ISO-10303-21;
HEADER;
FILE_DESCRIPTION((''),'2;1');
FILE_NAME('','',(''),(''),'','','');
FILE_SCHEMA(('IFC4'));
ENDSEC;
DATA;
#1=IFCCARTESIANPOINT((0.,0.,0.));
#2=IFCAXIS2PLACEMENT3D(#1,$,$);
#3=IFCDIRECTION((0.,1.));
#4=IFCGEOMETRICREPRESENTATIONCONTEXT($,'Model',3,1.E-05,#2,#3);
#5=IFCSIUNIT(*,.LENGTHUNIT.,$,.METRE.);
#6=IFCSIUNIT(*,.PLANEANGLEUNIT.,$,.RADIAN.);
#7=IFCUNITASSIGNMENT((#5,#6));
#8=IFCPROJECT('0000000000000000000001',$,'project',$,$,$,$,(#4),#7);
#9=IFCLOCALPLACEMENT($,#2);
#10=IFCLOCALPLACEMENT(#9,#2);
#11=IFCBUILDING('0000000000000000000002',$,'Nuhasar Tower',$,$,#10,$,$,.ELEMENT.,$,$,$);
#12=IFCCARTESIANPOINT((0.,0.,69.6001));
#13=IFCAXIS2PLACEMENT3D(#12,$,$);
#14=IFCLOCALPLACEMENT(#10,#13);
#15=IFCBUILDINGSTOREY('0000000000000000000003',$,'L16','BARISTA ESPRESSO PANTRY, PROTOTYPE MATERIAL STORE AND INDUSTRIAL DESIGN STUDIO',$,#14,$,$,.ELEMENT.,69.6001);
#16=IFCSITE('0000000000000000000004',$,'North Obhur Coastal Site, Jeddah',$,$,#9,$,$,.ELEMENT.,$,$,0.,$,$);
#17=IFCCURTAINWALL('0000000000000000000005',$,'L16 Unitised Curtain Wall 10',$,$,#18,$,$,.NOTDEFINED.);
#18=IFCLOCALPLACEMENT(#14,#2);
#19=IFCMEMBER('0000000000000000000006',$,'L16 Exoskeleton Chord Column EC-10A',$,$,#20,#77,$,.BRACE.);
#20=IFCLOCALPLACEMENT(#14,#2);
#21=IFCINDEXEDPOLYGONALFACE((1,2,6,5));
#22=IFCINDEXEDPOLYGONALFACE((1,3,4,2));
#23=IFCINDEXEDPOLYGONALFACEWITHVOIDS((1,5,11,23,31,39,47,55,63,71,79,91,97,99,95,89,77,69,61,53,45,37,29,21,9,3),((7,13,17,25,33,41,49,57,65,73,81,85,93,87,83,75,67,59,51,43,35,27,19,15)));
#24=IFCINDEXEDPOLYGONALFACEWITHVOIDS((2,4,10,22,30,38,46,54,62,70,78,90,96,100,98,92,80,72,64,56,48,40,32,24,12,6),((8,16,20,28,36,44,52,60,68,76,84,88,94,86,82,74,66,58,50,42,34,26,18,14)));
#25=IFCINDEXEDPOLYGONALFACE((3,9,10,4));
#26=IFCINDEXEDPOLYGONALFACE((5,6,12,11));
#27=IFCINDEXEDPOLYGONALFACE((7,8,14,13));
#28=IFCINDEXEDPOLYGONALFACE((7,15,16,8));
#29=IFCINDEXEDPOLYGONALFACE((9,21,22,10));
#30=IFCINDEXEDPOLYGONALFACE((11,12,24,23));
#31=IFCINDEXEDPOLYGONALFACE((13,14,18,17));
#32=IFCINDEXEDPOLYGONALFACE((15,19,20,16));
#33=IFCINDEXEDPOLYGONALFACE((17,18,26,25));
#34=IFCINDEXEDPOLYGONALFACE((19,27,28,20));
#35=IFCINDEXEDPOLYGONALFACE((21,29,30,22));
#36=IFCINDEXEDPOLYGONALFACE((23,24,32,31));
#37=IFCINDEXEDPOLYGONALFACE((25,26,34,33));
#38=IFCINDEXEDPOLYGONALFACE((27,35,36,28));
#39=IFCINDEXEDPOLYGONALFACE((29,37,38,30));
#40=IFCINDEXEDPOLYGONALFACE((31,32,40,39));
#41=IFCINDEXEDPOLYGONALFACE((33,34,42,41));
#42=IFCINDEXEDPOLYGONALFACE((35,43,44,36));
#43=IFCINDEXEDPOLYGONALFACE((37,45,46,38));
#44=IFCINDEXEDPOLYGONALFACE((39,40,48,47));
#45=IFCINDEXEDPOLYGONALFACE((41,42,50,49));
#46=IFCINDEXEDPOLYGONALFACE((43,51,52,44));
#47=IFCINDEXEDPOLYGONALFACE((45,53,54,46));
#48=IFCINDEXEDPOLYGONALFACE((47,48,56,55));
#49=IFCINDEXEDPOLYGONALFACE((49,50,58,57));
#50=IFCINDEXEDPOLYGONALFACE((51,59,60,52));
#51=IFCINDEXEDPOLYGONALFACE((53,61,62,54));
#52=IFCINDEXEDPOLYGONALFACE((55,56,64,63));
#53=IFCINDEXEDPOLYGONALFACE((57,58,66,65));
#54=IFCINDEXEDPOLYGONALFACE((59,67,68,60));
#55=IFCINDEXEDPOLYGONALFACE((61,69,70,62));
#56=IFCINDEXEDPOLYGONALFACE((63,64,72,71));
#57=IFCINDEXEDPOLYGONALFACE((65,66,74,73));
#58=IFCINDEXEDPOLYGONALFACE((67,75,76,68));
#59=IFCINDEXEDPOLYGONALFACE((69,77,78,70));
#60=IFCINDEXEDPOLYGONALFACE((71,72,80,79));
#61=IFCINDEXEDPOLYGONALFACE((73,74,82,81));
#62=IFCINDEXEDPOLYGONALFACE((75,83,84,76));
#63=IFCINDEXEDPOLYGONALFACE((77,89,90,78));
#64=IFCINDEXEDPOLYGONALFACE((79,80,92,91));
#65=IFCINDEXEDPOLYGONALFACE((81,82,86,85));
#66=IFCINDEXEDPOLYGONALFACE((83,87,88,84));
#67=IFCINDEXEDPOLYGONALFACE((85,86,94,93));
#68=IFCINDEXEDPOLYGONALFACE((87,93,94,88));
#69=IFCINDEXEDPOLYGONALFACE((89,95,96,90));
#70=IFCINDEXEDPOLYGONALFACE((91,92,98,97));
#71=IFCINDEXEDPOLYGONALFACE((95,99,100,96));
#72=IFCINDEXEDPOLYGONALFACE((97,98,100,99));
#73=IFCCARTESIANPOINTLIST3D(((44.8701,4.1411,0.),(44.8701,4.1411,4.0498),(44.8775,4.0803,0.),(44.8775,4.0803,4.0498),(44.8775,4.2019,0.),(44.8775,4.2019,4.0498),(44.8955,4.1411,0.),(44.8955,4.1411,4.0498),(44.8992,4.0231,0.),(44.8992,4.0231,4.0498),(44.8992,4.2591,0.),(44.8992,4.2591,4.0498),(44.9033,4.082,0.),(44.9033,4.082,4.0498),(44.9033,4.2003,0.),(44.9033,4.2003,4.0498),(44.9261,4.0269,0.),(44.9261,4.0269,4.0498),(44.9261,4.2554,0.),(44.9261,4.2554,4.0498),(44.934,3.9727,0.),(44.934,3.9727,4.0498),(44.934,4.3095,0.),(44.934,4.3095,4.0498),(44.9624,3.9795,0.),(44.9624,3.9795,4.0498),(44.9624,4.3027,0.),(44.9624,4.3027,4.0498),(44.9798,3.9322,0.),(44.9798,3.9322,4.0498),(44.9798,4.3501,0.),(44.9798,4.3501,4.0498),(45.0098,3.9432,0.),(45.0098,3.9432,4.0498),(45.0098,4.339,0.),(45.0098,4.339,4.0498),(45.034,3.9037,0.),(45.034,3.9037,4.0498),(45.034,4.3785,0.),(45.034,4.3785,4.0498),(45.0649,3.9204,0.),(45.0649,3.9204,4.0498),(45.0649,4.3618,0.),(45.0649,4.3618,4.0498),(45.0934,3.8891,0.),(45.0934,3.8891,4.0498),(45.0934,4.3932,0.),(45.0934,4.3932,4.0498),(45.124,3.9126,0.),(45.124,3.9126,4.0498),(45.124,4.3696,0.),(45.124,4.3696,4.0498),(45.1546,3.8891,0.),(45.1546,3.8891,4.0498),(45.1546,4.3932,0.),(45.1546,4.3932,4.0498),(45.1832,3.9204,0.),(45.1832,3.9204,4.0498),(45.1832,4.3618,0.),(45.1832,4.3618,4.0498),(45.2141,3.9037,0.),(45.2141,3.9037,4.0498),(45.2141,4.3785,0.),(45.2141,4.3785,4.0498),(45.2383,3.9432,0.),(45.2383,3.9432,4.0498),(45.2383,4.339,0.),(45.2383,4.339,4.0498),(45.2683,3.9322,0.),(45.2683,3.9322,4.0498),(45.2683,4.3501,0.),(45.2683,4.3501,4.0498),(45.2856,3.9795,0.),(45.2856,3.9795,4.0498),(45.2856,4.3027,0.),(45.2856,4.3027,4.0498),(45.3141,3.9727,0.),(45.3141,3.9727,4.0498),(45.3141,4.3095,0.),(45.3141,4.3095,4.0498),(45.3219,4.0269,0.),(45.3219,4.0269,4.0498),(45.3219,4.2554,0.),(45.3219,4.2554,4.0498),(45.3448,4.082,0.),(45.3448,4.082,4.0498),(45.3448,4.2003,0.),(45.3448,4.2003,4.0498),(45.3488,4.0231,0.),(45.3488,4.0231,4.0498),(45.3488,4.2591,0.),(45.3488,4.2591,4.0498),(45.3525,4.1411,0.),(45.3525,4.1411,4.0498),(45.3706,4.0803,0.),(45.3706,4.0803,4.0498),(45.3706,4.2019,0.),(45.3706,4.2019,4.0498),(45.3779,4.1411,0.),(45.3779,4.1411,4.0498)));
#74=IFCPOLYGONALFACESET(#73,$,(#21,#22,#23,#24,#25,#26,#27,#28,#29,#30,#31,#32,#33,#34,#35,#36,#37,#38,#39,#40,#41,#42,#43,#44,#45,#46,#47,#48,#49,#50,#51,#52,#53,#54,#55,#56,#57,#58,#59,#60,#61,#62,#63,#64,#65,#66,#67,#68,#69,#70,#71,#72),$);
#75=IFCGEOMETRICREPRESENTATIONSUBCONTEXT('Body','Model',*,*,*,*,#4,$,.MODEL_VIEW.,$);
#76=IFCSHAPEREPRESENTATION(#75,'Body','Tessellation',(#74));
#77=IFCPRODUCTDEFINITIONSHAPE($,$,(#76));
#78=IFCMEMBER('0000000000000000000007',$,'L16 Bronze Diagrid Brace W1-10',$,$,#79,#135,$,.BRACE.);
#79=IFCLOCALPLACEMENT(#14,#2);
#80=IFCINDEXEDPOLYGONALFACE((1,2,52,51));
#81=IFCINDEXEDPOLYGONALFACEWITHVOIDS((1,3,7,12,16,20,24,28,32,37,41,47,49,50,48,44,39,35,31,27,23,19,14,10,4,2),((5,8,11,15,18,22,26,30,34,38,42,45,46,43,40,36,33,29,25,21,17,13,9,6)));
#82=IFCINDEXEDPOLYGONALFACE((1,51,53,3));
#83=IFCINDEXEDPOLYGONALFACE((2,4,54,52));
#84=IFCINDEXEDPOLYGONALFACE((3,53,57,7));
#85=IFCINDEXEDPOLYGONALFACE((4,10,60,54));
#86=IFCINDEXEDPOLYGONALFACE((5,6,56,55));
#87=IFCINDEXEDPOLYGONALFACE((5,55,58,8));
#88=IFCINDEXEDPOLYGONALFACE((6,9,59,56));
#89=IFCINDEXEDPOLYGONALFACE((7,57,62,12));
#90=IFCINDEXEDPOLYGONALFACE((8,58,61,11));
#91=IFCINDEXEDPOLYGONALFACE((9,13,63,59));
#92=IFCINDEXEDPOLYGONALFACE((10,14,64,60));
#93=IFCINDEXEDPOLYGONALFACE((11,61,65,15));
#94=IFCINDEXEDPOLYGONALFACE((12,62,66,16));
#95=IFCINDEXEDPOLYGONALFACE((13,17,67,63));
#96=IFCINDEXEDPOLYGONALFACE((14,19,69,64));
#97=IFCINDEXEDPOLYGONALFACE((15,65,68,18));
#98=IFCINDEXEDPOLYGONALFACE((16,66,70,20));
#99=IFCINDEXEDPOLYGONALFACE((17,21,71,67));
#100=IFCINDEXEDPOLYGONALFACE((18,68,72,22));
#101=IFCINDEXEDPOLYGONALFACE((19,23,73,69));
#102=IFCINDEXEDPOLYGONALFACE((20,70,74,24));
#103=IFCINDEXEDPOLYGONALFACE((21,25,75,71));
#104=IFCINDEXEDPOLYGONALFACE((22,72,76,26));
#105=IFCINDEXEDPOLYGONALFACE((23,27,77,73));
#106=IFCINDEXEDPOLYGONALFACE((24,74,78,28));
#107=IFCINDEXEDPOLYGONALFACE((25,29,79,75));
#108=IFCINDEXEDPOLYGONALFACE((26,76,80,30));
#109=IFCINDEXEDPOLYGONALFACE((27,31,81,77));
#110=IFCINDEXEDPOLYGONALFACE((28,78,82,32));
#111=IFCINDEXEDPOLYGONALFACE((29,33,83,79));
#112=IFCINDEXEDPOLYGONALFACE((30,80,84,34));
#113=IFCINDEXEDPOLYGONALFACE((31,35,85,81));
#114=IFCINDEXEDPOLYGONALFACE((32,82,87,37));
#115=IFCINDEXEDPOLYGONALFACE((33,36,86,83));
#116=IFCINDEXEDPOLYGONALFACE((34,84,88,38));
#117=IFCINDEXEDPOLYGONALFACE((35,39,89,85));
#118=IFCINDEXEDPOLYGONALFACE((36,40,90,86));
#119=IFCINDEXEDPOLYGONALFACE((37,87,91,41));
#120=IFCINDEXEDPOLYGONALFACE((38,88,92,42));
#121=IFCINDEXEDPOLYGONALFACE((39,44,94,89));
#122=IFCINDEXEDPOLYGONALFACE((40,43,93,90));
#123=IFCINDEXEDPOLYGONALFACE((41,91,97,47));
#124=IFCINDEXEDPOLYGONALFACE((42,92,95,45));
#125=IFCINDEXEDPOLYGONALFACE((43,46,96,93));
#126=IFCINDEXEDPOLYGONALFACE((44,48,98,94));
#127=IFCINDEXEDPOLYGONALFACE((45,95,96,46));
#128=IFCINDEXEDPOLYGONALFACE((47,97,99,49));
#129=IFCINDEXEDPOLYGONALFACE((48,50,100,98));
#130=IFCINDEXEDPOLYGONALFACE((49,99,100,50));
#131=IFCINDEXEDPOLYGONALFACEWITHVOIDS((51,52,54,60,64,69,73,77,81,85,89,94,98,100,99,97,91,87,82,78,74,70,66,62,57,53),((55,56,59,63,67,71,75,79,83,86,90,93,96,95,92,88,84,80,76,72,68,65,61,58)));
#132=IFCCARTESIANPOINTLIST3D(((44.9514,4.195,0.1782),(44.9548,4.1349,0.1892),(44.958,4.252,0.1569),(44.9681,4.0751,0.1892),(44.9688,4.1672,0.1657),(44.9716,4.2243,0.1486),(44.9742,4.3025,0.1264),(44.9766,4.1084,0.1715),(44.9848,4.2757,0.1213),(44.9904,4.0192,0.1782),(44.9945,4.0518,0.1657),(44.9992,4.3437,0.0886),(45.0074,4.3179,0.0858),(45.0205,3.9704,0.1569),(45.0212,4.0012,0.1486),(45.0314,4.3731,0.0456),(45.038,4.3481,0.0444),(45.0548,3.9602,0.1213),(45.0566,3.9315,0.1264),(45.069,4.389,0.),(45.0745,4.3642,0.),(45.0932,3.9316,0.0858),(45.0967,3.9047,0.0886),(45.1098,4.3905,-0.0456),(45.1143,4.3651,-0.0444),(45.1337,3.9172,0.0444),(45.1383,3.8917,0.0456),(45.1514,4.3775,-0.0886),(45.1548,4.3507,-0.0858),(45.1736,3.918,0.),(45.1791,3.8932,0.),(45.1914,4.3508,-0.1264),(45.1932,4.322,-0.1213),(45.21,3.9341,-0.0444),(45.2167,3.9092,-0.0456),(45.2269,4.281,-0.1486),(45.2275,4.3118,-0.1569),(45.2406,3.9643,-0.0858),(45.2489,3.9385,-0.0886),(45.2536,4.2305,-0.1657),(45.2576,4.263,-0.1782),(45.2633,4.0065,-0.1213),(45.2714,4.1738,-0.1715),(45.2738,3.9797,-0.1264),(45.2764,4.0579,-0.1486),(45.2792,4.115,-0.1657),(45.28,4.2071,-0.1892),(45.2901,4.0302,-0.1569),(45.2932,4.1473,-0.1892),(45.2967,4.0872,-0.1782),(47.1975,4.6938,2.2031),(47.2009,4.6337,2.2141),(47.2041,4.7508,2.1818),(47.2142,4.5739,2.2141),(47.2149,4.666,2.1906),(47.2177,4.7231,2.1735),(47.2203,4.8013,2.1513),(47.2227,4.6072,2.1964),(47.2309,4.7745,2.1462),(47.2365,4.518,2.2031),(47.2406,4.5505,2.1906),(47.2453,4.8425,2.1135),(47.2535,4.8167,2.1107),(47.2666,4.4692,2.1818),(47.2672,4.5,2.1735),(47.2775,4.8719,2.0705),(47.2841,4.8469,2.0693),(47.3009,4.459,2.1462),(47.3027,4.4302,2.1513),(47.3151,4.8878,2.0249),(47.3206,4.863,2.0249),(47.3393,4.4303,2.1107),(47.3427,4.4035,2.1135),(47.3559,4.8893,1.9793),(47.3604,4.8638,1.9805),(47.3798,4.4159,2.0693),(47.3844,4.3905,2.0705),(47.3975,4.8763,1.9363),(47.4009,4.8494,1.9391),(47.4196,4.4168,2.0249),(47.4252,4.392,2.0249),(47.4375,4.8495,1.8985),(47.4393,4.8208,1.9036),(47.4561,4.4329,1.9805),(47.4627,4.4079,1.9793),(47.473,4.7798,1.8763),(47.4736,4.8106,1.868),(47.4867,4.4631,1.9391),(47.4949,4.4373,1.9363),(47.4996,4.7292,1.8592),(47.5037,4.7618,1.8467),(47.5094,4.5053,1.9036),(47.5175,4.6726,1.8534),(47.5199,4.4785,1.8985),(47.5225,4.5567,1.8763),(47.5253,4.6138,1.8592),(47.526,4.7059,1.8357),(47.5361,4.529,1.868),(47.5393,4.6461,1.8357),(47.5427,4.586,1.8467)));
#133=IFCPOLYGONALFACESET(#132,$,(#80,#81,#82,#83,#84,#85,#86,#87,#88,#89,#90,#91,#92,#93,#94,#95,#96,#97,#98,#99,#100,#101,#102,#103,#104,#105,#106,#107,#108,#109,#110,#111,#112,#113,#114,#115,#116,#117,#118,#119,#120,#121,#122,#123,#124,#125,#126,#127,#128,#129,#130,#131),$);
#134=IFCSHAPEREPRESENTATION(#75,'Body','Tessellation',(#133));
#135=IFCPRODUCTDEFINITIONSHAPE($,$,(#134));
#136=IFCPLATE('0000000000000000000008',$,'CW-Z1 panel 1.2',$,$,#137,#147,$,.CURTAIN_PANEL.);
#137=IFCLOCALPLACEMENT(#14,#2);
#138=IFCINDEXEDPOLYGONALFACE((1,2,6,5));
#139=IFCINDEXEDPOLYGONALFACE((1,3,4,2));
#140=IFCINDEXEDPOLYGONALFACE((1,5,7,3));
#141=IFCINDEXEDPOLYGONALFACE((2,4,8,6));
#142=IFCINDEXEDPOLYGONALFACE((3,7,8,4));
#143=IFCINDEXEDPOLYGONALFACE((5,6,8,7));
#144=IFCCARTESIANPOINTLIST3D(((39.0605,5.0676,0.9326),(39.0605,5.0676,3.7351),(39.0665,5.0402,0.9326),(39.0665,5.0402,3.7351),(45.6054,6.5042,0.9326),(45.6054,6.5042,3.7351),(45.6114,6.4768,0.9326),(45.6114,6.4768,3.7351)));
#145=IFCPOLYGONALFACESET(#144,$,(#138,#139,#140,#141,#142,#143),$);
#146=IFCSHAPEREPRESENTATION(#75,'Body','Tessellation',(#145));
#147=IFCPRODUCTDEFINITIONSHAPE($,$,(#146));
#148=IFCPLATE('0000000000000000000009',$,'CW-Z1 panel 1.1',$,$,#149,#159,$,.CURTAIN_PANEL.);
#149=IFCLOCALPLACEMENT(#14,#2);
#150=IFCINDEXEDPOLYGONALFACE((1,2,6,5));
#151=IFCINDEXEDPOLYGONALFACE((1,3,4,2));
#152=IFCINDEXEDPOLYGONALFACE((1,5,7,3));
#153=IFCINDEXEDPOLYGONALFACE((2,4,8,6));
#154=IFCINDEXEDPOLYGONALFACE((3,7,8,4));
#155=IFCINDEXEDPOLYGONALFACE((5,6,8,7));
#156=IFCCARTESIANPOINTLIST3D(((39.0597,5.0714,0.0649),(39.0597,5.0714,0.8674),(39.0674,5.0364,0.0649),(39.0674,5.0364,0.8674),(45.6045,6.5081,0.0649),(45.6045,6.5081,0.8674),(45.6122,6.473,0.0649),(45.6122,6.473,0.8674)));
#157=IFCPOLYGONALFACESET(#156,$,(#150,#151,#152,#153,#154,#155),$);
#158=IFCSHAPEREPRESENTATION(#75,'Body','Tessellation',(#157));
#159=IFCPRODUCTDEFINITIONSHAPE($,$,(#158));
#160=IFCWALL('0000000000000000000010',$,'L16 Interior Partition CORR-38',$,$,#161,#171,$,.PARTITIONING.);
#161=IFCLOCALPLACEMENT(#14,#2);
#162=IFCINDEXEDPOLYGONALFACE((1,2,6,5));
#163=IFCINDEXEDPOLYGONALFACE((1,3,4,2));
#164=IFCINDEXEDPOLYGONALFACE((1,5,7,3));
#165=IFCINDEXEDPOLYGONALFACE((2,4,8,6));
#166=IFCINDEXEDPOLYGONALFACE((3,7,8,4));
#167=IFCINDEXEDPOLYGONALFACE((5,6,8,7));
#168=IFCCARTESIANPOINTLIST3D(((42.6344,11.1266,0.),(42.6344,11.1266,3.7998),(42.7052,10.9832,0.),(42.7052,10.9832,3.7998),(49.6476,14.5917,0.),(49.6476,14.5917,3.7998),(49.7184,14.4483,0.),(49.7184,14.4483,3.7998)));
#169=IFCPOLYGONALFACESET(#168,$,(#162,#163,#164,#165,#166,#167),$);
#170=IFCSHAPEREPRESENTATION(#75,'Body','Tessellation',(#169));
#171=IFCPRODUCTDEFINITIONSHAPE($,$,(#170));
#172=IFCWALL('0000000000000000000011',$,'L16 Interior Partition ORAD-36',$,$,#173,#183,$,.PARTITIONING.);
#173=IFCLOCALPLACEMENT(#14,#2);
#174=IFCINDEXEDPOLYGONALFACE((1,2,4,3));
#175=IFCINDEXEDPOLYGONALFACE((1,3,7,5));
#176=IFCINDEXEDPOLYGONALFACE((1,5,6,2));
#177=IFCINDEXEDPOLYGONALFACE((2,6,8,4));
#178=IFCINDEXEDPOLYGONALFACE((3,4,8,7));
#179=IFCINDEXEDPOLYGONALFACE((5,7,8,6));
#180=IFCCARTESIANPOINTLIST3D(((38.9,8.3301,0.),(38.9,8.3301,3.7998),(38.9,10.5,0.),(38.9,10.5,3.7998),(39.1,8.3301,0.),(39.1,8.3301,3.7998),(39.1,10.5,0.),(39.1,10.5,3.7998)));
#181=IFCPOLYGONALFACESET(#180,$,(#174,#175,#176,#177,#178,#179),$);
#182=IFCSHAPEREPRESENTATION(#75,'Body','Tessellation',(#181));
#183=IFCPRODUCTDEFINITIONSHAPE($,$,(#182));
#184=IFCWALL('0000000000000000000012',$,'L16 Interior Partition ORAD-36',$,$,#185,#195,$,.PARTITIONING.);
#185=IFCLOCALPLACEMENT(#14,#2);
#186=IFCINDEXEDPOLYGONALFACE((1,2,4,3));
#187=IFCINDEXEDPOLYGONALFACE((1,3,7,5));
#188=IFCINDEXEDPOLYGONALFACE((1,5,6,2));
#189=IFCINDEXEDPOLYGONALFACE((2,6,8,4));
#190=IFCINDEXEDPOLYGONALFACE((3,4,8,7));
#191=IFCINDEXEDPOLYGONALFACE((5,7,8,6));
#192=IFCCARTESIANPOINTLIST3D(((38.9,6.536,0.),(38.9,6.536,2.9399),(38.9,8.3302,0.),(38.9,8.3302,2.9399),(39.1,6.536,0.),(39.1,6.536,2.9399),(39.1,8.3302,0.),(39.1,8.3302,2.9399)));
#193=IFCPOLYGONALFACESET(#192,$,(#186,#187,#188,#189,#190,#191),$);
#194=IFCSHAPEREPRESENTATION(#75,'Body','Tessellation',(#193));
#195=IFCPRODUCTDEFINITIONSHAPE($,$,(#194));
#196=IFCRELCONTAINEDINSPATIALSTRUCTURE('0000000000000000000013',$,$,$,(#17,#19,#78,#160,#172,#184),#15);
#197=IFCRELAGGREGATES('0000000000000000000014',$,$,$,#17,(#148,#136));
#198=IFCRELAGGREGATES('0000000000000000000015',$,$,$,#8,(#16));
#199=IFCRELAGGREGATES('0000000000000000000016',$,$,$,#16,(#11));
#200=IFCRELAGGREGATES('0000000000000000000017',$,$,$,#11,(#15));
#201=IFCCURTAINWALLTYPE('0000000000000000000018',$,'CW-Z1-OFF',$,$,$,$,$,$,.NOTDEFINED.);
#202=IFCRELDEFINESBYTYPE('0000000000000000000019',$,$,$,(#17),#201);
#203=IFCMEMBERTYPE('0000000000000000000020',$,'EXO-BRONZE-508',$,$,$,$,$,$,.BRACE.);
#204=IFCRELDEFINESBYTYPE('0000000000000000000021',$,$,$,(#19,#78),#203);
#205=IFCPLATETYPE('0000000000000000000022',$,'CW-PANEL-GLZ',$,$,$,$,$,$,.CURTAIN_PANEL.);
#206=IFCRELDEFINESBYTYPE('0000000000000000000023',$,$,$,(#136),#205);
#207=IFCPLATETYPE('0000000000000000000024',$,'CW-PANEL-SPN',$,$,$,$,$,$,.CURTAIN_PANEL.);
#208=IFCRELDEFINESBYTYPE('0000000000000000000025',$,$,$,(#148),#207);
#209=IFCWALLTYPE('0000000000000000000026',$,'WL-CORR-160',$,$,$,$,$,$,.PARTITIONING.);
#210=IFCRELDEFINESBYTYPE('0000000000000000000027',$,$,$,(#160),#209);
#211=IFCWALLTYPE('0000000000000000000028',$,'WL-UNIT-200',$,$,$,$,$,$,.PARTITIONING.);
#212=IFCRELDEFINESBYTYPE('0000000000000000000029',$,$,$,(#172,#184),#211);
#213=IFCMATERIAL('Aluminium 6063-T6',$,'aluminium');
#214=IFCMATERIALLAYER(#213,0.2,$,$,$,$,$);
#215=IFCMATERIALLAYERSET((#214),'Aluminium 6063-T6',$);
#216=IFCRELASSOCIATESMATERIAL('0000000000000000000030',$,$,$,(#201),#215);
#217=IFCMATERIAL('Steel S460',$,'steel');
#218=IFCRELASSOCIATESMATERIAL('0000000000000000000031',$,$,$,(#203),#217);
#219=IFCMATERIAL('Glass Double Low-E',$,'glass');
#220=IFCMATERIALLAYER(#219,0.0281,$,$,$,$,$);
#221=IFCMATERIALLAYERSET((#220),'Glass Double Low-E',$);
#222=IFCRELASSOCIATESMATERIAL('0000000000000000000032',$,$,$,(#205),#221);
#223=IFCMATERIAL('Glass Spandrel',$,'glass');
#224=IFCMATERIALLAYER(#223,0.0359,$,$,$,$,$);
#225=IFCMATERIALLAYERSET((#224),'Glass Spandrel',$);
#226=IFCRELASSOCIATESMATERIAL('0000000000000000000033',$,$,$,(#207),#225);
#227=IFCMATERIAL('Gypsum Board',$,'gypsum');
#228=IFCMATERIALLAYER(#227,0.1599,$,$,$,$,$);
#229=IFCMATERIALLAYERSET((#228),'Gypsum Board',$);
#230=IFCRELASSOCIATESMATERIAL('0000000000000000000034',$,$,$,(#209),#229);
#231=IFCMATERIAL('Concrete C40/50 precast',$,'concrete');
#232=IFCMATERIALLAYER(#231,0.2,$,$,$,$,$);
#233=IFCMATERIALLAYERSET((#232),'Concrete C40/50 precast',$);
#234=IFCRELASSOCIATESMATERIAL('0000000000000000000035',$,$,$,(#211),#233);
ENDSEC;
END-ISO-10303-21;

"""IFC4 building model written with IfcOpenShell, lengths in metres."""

from ifc_helpers import new_model, si_unit, direction, frame, frame_2d, origin, origin_2d, place, context, subcontext, project, spatial, rectangle, hollow_circle, extrude, material, layer, layer_set, material_profile, profile_set, type_object, element, aggregate, save


model = new_model("IFC4")

# Units and contexts
model_context = context("Model", 3, precision=1e-05, world=origin(), true_north=direction((0.0, 1.0)))
body_context = subcontext(model_context, "Body", "Model", "MODEL_VIEW")
ifc_project = project(units=[si_unit("LENGTHUNIT", "METRE"), si_unit("PLANEANGLEUNIT", "RADIAN")], contexts=[model_context])

# Site, building, storey
site_placement = place(None, origin())
site = spatial("IfcSite", under=ifc_project, at=site_placement, Name="North Obhur Coastal Site, Jeddah", CompositionType="ELEMENT", RefElevation=0.0)
building_placement = place(site_placement, origin())
building = spatial("IfcBuilding", under=site, at=building_placement, Name="Nuhasar Tower", CompositionType="ELEMENT")
storey_placement = place(building_placement, frame((0.0, 0.0, 69.6001)))
storey = spatial("IfcBuildingStorey", under=building, at=storey_placement, Name="L16", Description="BARISTA ESPRESSO PANTRY, PROTOTYPE MATERIAL STORE AND INDUSTRIAL DESIGN STUDIO", CompositionType="ELEMENT", Elevation=69.6001)

# Shared definitions
ifc_material_1 = material(Name="Aluminium 6063-T6", Category="aluminium")
ifc_layer_1 = layer(ifc_material_1, 0.2)
ifc_layer_set_1 = layer_set([ifc_layer_1], Name="Aluminium 6063-T6")
curtain_wall_type = type_object("IfcCurtainWallType", Name="CW-Z1-OFF", PredefinedType="NOTDEFINED", material=ifc_layer_set_1)

# Curtain wall
curtain_wall_1_placement = place(storey_placement, origin())
curtain_wall_1 = element("IfcCurtainWall", 1, at=curtain_wall_1_placement, inside=storey, type_object=curtain_wall_type, Name="L16 Unitised Curtain Wall 10", PredefinedType="NOTDEFINED")

# Members
ifc_material_2 = material(Name="Steel S460", Category="steel")
ifc_material_profile_1 = material_profile(ifc_material_2, hollow_circle(Radius=0.2539, WallThickness=0.0254, at=origin_2d()), Name="HSS508X25.4")
ifc_profile_set_1 = profile_set([ifc_material_profile_1], Name="Steel S460")
member_type_1 = type_object("IfcMemberType", Name="EXO-BRONZE-508", PredefinedType="BRACE", material=ifc_profile_set_1)
member_1_placement = place(storey_placement, frame((45.124, 4.1411, 0.0), z_axis=(0.0, 0.0, 1.0), x_axis=(1.0, 0.0, 0.0)))
element("IfcMember", 2, at=member_1_placement, inside=storey, type_object=member_type_1, Name="L16 Exoskeleton Chord Column EC-10A", PredefinedType="BRACE", context=body_context, shape_type="SweptSolid", body=[
    extrude(hollow_circle(Radius=0.2539, WallThickness=0.0254, at=origin_2d()), origin(), (0.0, 0.0, 1.0), 4.0498),
])
member_2_placement = place(storey_placement, frame((45.124, 4.1411, 0.0), z_axis=(0.732831, 0.162736, 0.660663), x_axis=(-0.216784, 0.97622, 0.0)))
element("IfcMember", 3, at=member_2_placement, inside=storey, type_object=member_type_1, Name="L16 Bronze Diagrid Brace W1-10", PredefinedType="BRACE", context=body_context, shape_type="SweptSolid", body=[
    extrude(hollow_circle(Radius=0.2539, WallThickness=0.0254, at=origin_2d()), origin(), (0.0, 0.0, 1.0), 3.0649),
])

# Plates
ifc_material_3 = material(Name="Glass Double Low-E", Category="glass")
ifc_layer_2 = layer(ifc_material_3, 0.0281)
ifc_layer_set_2 = layer_set([ifc_layer_2], Name="Glass Double Low-E")
plate_type_1 = type_object("IfcPlateType", Name="CW-PANEL-GLZ", PredefinedType="CURTAIN_PANEL", material=ifc_layer_set_2)
plate_1_placement = place(storey_placement, frame((42.3359, 5.7722, 0.9326), z_axis=(0.0, 0.0, 1.0), x_axis=(0.976746, 0.214399, 0.0)))
plate_1 = element("IfcPlate", 4, at=plate_1_placement, type_object=plate_type_1, Name="CW-Z1 panel 1.2", PredefinedType="CURTAIN_PANEL", context=body_context, shape_type="SweptSolid", body=[
    extrude(rectangle(XDim=6.7007, YDim=0.0281, at=origin_2d()), origin(), (0.0, 0.0, 1.0), 2.8025),
])
ifc_material_4 = material(Name="Glass Spandrel", Category="glass")
ifc_layer_3 = layer(ifc_material_4, 0.0359)
ifc_layer_set_3 = layer_set([ifc_layer_3], Name="Glass Spandrel")
plate_type_2 = type_object("IfcPlateType", Name="CW-PANEL-SPN", PredefinedType="CURTAIN_PANEL", material=ifc_layer_set_3)
plate_2_placement = place(storey_placement, frame((42.3359, 5.7722, 0.0649), z_axis=(0.0, 0.0, 1.0), x_axis=(0.976746, 0.214399, 0.0)))
plate_2 = element("IfcPlate", 5, at=plate_2_placement, type_object=plate_type_2, Name="CW-Z1 panel 1.1", PredefinedType="CURTAIN_PANEL", context=body_context, shape_type="SweptSolid", body=[
    extrude(rectangle(XDim=6.7007, YDim=0.0359, at=origin_2d()), origin(), (0.0, 0.0, 1.0), 0.8025),
])
aggregate(curtain_wall_1, [plate_2, plate_1])

# Shared definitions
ifc_material_5 = material(Name="Gypsum Board", Category="gypsum")
ifc_layer_4 = layer(ifc_material_5, 0.1599)
ifc_layer_set_4 = layer_set([ifc_layer_4], Name="Gypsum Board")
wall_type_1 = type_object("IfcWallType", Name="WL-CORR-160", PredefinedType="PARTITIONING", material=ifc_layer_set_4)

# Walls
wall_1_placement = place(storey_placement, frame((42.6699, 11.0549, 0.0), z_axis=(0.0, 0.0, 1.0), x_axis=(0.896539, 0.442964, 0.0)))
element("IfcWall", 6, at=wall_1_placement, inside=storey, type_object=wall_type_1, Name="L16 Interior Partition CORR-38", PredefinedType="PARTITIONING", context=body_context, shape_type="SweptSolid", body=[
    extrude(rectangle(XDim=7.8225, YDim=0.1599, at=frame_2d((3.9111, 0.0))), origin(), (0.0, 0.0, 1.0), 3.7998),
])
ifc_material_6 = material(Name="Concrete C40/50 precast", Category="concrete")
ifc_layer_5 = layer(ifc_material_6, 0.2)
ifc_layer_set_5 = layer_set([ifc_layer_5], Name="Concrete C40/50 precast")
wall_type_2 = type_object("IfcWallType", Name="WL-UNIT-200", PredefinedType="PARTITIONING", material=ifc_layer_set_5)
wall_2_placement = place(storey_placement, frame((39.0, 10.5, 0.0), z_axis=(0.0, 0.0, 1.0), x_axis=(0.0, -1.0, 0.0)))
element("IfcWall", 7, at=wall_2_placement, inside=storey, type_object=wall_type_2, Name="L16 Interior Partition ORAD-36", PredefinedType="PARTITIONING", context=body_context, shape_type="SweptSolid", body=[
    extrude(rectangle(XDim=2.1699, YDim=0.2, at=frame_2d((1.085, 0.0))), origin(), (0.0, 0.0, 1.0), 3.7998),
])
wall_3_placement = place(storey_placement, frame((39.0, 8.3301, 0.0), z_axis=(0.0, 0.0, 1.0), x_axis=(0.0, -1.0, 0.0)))
element("IfcWall", 8, at=wall_3_placement, inside=storey, type_object=wall_type_2, Name="L16 Interior Partition ORAD-36", PredefinedType="PARTITIONING", context=body_context, shape_type="SweptSolid", body=[
    extrude(rectangle(XDim=1.7942, YDim=0.2, at=frame_2d((0.897, 0.0))), origin(), (0.0, 0.0, 1.0), 2.9399),
])

save(model, "model.ifc")
